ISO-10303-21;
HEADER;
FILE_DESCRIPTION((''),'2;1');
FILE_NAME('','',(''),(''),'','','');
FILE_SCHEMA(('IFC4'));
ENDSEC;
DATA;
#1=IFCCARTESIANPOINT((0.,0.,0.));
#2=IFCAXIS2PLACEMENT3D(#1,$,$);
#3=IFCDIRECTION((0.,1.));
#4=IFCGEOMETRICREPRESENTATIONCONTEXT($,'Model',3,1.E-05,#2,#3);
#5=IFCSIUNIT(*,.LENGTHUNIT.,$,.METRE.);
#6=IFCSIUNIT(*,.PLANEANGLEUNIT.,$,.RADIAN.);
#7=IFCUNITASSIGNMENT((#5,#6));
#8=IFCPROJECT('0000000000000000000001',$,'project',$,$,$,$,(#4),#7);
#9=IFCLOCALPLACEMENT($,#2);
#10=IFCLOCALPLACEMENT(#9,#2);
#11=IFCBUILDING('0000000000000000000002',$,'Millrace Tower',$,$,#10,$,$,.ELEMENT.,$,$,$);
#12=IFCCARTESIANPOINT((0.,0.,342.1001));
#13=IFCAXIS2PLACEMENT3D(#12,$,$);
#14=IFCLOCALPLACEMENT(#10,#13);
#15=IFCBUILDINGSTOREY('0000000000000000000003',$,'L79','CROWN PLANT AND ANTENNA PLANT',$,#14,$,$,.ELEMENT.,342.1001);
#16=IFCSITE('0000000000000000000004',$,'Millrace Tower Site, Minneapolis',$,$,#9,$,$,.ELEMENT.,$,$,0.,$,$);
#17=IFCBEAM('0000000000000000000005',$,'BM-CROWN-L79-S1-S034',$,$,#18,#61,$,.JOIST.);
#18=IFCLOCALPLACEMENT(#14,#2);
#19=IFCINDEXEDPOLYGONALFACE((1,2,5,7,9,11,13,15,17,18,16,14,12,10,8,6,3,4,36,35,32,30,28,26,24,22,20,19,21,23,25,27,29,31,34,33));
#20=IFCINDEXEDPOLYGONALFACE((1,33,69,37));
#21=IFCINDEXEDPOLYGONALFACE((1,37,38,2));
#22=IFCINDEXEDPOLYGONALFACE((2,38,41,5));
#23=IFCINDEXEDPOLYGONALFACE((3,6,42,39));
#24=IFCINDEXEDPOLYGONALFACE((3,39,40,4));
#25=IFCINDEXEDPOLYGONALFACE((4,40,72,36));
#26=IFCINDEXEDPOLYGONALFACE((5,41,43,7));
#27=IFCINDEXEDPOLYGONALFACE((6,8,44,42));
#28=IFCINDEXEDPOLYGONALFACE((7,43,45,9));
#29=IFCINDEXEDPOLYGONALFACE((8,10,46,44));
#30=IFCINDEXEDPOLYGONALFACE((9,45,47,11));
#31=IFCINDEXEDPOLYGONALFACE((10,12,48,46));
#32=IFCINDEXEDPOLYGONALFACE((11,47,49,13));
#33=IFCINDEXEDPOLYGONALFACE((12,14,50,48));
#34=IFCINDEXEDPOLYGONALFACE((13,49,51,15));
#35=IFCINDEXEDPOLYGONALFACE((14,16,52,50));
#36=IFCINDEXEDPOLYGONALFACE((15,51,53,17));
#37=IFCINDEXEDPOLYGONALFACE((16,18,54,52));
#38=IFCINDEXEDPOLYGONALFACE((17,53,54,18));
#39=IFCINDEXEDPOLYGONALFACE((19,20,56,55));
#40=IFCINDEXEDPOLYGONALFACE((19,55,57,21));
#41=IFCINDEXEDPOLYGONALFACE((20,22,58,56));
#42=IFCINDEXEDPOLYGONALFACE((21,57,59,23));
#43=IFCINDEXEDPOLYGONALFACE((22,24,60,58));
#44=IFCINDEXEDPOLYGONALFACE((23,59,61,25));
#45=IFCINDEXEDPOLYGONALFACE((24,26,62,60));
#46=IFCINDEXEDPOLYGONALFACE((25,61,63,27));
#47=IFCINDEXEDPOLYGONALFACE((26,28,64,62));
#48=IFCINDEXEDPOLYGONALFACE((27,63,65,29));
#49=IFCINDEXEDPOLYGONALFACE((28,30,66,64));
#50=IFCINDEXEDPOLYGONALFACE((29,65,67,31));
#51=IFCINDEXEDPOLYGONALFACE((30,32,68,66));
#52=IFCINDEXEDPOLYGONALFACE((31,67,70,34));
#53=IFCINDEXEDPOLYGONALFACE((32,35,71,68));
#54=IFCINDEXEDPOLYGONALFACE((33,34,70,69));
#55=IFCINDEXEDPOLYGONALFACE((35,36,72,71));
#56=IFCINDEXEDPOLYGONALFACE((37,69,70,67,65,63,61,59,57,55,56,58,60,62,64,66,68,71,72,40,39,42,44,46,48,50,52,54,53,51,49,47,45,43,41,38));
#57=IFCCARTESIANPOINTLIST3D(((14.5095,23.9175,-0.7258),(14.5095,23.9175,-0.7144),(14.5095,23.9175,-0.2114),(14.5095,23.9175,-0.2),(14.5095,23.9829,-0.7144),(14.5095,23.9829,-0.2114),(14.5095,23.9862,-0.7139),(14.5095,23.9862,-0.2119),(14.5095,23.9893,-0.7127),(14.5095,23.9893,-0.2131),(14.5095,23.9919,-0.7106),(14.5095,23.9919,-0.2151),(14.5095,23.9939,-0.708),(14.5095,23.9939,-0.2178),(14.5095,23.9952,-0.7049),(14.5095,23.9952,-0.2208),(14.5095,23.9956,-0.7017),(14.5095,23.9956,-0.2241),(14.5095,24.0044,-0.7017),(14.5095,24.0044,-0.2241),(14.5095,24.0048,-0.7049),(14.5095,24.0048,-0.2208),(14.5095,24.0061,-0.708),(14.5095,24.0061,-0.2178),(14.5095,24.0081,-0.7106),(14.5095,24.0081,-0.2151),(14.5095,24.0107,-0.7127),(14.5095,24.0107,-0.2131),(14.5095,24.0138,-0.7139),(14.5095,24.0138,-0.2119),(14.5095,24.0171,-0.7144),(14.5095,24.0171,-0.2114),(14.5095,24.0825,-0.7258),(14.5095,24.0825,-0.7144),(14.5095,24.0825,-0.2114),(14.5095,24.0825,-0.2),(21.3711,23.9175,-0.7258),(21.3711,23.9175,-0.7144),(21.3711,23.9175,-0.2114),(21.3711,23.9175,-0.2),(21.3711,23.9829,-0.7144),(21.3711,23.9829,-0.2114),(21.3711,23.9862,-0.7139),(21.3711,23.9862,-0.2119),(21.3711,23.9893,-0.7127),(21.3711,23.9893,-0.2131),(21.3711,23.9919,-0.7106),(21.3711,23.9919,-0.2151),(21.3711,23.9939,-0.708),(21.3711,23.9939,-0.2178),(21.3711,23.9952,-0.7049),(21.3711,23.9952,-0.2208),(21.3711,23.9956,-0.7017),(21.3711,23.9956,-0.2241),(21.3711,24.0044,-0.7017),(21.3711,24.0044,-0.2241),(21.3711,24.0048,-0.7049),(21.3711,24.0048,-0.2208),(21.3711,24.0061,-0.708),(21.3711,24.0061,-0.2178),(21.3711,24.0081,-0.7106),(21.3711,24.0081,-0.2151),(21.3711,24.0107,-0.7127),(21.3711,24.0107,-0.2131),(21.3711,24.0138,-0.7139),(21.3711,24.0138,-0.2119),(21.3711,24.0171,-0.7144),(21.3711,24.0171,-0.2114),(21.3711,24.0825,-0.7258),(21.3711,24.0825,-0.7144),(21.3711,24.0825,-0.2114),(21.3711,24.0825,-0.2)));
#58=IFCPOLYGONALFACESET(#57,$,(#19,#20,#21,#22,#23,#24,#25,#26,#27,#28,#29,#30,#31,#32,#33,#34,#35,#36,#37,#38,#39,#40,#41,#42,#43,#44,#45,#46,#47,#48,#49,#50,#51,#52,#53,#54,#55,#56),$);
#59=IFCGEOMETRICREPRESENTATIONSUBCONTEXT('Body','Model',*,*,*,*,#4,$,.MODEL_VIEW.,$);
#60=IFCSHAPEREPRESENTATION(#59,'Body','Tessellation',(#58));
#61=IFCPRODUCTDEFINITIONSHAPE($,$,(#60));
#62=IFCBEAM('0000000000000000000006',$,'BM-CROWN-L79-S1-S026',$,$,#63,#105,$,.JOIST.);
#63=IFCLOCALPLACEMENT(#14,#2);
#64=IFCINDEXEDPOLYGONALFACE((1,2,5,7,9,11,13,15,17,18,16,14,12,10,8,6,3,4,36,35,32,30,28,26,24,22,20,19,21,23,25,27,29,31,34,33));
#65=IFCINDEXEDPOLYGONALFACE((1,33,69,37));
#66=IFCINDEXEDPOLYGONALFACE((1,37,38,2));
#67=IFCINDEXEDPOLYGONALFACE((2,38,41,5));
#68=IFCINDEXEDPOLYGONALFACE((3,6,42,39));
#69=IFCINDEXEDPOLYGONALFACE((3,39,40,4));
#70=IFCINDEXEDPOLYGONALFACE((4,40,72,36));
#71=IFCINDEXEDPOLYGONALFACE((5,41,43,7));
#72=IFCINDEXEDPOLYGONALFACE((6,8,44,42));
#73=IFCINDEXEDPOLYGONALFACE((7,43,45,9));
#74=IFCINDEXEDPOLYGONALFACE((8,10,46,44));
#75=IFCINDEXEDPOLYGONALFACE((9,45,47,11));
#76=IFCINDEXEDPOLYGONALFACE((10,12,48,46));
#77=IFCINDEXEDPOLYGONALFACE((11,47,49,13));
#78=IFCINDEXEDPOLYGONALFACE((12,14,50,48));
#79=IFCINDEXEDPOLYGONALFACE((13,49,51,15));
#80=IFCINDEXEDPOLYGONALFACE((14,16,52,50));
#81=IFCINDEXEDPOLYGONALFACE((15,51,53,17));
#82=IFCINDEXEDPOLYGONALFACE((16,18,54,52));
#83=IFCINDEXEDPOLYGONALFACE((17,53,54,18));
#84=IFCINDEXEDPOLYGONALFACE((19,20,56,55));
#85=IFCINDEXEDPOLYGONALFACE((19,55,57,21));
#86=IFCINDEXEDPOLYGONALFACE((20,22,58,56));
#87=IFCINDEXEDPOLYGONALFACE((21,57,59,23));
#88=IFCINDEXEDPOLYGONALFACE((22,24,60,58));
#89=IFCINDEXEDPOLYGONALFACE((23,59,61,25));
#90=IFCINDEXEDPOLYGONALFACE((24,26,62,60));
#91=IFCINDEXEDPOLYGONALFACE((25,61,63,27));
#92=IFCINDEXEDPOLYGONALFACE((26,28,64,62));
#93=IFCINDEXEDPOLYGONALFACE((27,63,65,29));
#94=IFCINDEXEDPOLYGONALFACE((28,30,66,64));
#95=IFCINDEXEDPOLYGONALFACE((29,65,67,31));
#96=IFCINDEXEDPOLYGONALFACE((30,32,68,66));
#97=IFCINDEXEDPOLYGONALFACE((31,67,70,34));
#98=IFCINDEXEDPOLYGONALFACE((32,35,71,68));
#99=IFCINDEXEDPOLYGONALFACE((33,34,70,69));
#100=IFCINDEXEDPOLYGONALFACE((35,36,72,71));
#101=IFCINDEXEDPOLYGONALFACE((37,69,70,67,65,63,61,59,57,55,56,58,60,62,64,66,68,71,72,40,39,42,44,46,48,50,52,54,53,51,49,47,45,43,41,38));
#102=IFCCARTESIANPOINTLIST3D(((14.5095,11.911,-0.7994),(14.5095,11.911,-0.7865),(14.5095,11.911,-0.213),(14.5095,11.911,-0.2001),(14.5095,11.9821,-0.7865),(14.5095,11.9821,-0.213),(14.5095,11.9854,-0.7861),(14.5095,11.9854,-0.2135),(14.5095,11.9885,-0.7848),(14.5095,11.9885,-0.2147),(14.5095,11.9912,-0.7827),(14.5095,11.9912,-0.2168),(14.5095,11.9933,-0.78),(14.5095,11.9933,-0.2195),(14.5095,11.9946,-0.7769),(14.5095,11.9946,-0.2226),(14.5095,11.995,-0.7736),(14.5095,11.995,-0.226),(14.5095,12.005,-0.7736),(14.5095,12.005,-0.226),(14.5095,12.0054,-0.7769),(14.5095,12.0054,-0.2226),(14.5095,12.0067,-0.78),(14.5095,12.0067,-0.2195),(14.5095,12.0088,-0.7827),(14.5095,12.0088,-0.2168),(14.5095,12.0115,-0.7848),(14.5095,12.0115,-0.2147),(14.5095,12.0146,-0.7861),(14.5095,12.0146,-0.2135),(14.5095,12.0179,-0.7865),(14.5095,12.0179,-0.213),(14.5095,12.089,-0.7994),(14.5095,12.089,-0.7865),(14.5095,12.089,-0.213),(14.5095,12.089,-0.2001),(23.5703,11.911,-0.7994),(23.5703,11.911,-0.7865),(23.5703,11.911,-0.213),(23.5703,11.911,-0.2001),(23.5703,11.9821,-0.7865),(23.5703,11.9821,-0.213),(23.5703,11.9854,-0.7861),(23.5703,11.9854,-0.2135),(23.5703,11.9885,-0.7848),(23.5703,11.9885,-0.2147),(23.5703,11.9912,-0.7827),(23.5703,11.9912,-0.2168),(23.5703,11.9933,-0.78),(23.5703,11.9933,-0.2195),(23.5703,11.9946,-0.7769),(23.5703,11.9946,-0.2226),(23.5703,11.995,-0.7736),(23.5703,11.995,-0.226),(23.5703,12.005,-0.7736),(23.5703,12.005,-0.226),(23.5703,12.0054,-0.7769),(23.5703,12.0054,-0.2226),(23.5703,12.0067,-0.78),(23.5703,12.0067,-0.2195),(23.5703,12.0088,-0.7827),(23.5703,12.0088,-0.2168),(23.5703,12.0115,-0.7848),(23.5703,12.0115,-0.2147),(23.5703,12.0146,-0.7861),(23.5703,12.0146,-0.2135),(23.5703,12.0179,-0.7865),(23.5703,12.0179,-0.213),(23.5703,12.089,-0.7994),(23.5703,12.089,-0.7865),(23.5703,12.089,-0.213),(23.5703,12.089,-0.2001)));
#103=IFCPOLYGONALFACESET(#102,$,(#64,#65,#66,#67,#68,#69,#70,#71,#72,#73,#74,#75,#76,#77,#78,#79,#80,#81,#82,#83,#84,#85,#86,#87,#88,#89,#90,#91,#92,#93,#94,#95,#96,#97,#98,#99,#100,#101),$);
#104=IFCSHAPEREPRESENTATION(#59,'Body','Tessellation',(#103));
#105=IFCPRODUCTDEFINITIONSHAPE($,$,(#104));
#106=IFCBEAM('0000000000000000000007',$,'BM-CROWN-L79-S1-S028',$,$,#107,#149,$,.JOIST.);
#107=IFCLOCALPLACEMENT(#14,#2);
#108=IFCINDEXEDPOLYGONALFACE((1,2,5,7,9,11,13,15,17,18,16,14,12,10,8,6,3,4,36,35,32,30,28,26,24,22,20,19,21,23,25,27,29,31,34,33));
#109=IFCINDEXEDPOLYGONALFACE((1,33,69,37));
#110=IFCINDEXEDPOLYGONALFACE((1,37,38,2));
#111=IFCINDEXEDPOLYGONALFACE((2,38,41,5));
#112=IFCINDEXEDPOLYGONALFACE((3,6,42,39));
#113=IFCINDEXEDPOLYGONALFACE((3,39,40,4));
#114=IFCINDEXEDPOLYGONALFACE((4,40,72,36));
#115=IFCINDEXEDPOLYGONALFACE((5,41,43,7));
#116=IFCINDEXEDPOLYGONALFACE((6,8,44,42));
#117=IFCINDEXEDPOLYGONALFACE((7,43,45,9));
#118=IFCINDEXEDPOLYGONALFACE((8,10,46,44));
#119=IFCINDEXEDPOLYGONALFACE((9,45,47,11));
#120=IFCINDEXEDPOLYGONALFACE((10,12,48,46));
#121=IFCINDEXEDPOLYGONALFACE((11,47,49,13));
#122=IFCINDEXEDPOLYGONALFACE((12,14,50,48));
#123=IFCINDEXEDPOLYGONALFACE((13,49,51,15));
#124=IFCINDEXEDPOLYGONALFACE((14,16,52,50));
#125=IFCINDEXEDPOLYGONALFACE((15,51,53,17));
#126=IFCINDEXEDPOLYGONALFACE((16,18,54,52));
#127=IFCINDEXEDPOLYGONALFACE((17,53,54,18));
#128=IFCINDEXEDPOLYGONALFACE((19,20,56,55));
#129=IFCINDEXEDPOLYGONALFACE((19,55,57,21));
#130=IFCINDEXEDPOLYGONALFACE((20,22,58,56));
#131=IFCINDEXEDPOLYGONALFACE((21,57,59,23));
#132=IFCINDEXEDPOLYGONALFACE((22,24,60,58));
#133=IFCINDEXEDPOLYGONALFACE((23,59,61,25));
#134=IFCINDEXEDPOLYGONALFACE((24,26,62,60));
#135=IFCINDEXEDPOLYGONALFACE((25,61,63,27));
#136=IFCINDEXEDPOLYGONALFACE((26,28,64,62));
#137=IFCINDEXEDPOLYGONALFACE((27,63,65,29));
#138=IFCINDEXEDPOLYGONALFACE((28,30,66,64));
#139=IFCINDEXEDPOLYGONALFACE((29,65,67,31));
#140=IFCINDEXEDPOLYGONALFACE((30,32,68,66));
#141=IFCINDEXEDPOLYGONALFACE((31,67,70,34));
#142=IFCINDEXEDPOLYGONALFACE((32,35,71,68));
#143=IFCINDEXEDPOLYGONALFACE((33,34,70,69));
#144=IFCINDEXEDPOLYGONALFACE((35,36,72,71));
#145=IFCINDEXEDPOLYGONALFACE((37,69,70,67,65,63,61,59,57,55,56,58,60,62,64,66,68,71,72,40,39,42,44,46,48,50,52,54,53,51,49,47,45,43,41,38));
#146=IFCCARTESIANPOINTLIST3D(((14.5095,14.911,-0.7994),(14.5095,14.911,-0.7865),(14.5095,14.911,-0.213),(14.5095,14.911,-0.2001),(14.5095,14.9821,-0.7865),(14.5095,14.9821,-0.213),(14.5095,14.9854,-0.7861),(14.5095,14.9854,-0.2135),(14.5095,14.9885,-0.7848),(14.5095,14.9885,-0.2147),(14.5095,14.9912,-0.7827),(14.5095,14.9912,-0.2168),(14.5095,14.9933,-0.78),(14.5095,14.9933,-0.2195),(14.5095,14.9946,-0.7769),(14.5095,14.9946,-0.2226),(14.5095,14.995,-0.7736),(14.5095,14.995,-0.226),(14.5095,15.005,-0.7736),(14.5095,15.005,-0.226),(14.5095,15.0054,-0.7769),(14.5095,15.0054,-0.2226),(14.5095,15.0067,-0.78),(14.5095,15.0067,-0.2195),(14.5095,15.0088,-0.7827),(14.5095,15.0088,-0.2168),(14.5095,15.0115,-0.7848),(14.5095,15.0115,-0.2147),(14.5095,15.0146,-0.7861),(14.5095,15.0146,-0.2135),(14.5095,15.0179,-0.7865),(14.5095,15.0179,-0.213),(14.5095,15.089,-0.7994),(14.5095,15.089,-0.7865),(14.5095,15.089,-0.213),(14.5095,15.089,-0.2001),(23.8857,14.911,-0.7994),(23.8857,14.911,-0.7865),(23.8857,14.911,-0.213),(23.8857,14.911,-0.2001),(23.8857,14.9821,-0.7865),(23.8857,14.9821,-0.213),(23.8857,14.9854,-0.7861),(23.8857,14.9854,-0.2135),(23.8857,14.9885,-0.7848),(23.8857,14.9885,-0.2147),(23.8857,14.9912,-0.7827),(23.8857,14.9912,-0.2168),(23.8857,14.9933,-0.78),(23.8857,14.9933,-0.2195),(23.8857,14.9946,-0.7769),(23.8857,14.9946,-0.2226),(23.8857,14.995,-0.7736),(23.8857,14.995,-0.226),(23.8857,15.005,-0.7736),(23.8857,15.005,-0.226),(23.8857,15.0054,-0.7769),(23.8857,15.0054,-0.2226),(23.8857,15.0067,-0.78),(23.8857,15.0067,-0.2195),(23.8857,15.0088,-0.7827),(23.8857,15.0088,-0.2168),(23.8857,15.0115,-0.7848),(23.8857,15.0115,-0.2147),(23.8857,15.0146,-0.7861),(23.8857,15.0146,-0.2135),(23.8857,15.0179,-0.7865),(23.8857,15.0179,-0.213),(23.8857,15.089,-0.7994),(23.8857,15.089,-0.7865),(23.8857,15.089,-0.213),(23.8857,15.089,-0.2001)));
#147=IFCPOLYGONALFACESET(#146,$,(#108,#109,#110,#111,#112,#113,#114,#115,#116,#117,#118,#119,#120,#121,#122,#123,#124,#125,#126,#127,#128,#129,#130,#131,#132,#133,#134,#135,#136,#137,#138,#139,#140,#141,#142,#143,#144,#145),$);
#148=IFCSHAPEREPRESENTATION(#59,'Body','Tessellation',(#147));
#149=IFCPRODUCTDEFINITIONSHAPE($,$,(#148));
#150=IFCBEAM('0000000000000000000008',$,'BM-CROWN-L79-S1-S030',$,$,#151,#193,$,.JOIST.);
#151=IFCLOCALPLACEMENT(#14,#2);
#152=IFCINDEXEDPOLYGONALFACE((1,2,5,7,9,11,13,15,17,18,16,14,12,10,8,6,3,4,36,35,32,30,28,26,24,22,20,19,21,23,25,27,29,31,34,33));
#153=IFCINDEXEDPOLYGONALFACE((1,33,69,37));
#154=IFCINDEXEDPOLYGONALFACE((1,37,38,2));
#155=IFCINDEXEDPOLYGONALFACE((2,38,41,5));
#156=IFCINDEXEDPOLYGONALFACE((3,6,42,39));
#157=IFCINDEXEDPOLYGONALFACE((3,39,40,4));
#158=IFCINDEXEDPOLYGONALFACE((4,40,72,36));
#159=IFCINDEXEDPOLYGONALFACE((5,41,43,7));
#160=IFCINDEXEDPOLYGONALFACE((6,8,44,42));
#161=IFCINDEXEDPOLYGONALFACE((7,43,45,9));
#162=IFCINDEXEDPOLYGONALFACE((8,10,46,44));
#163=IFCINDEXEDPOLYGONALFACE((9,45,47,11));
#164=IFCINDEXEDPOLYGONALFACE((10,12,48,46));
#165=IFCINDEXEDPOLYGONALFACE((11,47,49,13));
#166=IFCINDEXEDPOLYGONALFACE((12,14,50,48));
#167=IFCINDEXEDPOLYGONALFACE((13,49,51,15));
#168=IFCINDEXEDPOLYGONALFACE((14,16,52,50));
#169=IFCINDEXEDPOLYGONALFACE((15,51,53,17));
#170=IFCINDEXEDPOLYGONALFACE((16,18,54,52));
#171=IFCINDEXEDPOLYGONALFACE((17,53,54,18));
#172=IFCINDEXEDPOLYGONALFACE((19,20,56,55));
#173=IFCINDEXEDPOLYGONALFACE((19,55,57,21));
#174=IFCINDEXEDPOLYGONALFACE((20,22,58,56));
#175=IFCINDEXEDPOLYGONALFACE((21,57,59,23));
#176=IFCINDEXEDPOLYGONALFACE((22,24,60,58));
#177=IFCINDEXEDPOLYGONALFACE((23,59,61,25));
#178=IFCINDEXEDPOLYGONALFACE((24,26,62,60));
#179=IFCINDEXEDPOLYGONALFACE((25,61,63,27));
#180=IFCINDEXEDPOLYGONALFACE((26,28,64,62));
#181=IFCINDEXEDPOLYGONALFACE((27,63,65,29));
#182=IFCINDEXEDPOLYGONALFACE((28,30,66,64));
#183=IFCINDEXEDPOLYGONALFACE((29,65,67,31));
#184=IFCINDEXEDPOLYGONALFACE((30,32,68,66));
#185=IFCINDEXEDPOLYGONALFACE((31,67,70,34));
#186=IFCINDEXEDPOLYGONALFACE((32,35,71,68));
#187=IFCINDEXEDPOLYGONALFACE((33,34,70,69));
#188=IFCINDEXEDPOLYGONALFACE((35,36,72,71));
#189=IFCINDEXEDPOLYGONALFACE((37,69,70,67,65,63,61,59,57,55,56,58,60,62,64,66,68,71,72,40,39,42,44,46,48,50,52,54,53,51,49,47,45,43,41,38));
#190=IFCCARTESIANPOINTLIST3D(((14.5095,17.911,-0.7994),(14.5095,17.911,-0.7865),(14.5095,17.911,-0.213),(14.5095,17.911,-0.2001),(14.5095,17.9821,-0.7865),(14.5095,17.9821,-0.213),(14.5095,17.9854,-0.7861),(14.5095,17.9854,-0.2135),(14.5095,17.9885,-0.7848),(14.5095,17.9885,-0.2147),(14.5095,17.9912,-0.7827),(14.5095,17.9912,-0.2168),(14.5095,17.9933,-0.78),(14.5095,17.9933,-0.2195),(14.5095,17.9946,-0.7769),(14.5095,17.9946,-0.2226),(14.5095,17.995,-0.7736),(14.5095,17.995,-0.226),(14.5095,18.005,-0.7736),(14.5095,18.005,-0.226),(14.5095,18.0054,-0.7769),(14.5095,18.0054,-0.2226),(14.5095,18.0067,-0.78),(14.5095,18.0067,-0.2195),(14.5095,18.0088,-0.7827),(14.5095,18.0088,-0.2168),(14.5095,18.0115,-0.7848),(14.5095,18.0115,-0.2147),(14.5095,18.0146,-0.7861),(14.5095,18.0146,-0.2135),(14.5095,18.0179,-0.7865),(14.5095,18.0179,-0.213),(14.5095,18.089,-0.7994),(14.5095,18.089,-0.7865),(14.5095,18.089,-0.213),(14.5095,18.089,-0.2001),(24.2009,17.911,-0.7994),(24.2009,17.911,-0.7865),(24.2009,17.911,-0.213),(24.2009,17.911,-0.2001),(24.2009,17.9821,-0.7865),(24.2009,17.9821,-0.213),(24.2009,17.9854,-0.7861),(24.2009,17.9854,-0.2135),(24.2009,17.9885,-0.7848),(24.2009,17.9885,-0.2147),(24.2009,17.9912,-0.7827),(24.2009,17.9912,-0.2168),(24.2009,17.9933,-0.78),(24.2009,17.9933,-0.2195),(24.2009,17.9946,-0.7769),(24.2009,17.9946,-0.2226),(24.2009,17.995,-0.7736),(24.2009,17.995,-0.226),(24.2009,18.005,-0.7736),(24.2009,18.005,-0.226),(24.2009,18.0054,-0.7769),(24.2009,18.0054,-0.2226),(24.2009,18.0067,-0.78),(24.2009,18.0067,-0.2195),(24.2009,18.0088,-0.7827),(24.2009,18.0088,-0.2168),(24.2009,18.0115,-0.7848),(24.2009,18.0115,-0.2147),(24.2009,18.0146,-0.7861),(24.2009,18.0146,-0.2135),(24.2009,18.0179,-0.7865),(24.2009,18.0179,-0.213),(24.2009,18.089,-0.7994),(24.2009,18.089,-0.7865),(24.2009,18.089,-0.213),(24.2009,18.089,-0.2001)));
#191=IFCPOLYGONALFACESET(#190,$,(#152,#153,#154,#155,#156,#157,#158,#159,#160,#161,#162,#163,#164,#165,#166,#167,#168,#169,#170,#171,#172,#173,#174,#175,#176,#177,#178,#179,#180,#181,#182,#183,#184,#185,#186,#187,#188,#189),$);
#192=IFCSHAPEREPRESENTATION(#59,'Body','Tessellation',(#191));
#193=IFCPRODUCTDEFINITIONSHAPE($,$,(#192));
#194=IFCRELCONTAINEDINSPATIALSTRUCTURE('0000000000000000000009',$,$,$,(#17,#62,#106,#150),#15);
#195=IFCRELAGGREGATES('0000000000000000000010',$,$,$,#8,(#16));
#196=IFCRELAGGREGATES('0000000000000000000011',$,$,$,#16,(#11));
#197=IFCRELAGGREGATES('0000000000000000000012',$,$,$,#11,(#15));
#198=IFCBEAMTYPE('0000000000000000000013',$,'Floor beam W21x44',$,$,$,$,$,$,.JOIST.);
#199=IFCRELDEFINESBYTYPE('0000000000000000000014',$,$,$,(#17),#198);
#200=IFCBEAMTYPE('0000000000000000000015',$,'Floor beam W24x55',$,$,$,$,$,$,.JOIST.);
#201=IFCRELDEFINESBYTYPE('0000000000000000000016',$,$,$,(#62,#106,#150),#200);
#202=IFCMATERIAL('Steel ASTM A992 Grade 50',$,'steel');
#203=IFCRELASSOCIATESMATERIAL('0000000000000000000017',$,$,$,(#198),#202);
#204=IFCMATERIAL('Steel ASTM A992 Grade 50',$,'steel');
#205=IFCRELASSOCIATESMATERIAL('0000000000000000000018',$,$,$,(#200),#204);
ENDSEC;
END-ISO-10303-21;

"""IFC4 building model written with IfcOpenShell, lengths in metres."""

from ifc_helpers import new_model, si_unit, direction, frame, origin, origin_2d, place, context, subcontext, project, spatial, i_section, extrude, material, material_profile, profile_set, type_object, element, save


model = new_model("IFC4")

# Units and contexts
model_context = context("Model", 3, precision=1e-05, world=origin(), true_north=direction((0.0, 1.0)))
body_context = subcontext(model_context, "Body", "Model", "MODEL_VIEW")
ifc_project = project(units=[si_unit("LENGTHUNIT", "METRE"), si_unit("PLANEANGLEUNIT", "RADIAN")], contexts=[model_context])

# Site, building, storey
site_placement = place(None, origin())
site = spatial("IfcSite", under=ifc_project, at=site_placement, Name="Millrace Tower Site, Minneapolis", CompositionType="ELEMENT", RefElevation=0.0)
building_placement = place(site_placement, origin())
building = spatial("IfcBuilding", under=site, at=building_placement, Name="Millrace Tower", CompositionType="ELEMENT")
storey_placement = place(building_placement, frame((0.0, 0.0, 342.1001)))
storey = spatial("IfcBuildingStorey", under=building, at=storey_placement, Name="L79", Description="CROWN PLANT AND ANTENNA PLANT", CompositionType="ELEMENT", Elevation=342.1001)

# Beams
ifc_material_1 = material(Name="Steel ASTM A992 Grade 50", Category="steel")
ifc_material_profile_1 = material_profile(ifc_material_1, i_section(OverallWidth=0.165, OverallDepth=0.5259, WebThickness=0.0088, FlangeThickness=0.0115, FilletRadius=0.0127, at=origin_2d()))
ifc_profile_set_1 = profile_set([ifc_material_profile_1], Name="Steel ASTM A992 Grade 50")
beam_type_1 = type_object("IfcBeamType", Name="Floor beam W21x44", PredefinedType="JOIST", material=ifc_profile_set_1)
beam_1_placement = place(storey_placement, frame((14.5095, 24.0, -0.4629), z_axis=(1.0, 0.0, 0.0), x_axis=(0.0, 1.0, 0.0)))
element("IfcBeam", 1, at=beam_1_placement, inside=storey, type_object=beam_type_1, Name="BM-CROWN-L79-S1-S034", PredefinedType="JOIST", context=body_context, shape_type="SweptSolid", body=[
    extrude(i_section(OverallWidth=0.165, OverallDepth=0.5259, WebThickness=0.0088, FlangeThickness=0.0115, FilletRadius=0.0127, at=origin_2d()), origin(), (0.0, 0.0, 1.0), 6.8616),
])
ifc_material_2 = material(Name="Steel ASTM A992 Grade 50", Category="steel")
ifc_material_profile_2 = material_profile(ifc_material_2, i_section(OverallWidth=0.178, OverallDepth=0.5994, WebThickness=0.01, FlangeThickness=0.0129, FilletRadius=0.0129, at=origin_2d()))
ifc_profile_set_2 = profile_set([ifc_material_profile_2], Name="Steel ASTM A992 Grade 50")
beam_type_2 = type_object("IfcBeamType", Name="Floor beam W24x55", PredefinedType="JOIST", material=ifc_profile_set_2)
beam_2_placement = place(storey_placement, frame((14.5095, 12.0, -0.4998), z_axis=(1.0, 0.0, 0.0), x_axis=(0.0, 1.0, 0.0)))
element("IfcBeam", 2, at=beam_2_placement, inside=storey, type_object=beam_type_2, Name="BM-CROWN-L79-S1-S026", PredefinedType="JOIST", context=body_context, shape_type="SweptSolid", body=[
    extrude(i_section(OverallWidth=0.178, OverallDepth=0.5994, WebThickness=0.01, FlangeThickness=0.0129, FilletRadius=0.0129, at=origin_2d()), origin(), (0.0, 0.0, 1.0), 9.0608),
])
beam_3_placement = place(storey_placement, frame((14.5095, 15.0, -0.4998), z_axis=(1.0, 0.0, 0.0), x_axis=(0.0, 1.0, 0.0)))
element("IfcBeam", 3, at=beam_3_placement, inside=storey, type_object=beam_type_2, Name="BM-CROWN-L79-S1-S028", PredefinedType="JOIST", context=body_context, shape_type="SweptSolid", body=[
    extrude(i_section(OverallWidth=0.178, OverallDepth=0.5994, WebThickness=0.01, FlangeThickness=0.0129, FilletRadius=0.0129, at=origin_2d()), origin(), (0.0, 0.0, 1.0), 9.3762),
])
beam_4_placement = place(storey_placement, frame((14.5095, 18.0, -0.4998), z_axis=(1.0, 0.0, 0.0), x_axis=(0.0, 1.0, 0.0)))
element("IfcBeam", 4, at=beam_4_placement, inside=storey, type_object=beam_type_2, Name="BM-CROWN-L79-S1-S030", PredefinedType="JOIST", context=body_context, shape_type="SweptSolid", body=[
    extrude(i_section(OverallWidth=0.178, OverallDepth=0.5994, WebThickness=0.01, FlangeThickness=0.0129, FilletRadius=0.0129, at=origin_2d()), origin(), (0.0, 0.0, 1.0), 9.6914),
])

save(model, "model.ifc")
